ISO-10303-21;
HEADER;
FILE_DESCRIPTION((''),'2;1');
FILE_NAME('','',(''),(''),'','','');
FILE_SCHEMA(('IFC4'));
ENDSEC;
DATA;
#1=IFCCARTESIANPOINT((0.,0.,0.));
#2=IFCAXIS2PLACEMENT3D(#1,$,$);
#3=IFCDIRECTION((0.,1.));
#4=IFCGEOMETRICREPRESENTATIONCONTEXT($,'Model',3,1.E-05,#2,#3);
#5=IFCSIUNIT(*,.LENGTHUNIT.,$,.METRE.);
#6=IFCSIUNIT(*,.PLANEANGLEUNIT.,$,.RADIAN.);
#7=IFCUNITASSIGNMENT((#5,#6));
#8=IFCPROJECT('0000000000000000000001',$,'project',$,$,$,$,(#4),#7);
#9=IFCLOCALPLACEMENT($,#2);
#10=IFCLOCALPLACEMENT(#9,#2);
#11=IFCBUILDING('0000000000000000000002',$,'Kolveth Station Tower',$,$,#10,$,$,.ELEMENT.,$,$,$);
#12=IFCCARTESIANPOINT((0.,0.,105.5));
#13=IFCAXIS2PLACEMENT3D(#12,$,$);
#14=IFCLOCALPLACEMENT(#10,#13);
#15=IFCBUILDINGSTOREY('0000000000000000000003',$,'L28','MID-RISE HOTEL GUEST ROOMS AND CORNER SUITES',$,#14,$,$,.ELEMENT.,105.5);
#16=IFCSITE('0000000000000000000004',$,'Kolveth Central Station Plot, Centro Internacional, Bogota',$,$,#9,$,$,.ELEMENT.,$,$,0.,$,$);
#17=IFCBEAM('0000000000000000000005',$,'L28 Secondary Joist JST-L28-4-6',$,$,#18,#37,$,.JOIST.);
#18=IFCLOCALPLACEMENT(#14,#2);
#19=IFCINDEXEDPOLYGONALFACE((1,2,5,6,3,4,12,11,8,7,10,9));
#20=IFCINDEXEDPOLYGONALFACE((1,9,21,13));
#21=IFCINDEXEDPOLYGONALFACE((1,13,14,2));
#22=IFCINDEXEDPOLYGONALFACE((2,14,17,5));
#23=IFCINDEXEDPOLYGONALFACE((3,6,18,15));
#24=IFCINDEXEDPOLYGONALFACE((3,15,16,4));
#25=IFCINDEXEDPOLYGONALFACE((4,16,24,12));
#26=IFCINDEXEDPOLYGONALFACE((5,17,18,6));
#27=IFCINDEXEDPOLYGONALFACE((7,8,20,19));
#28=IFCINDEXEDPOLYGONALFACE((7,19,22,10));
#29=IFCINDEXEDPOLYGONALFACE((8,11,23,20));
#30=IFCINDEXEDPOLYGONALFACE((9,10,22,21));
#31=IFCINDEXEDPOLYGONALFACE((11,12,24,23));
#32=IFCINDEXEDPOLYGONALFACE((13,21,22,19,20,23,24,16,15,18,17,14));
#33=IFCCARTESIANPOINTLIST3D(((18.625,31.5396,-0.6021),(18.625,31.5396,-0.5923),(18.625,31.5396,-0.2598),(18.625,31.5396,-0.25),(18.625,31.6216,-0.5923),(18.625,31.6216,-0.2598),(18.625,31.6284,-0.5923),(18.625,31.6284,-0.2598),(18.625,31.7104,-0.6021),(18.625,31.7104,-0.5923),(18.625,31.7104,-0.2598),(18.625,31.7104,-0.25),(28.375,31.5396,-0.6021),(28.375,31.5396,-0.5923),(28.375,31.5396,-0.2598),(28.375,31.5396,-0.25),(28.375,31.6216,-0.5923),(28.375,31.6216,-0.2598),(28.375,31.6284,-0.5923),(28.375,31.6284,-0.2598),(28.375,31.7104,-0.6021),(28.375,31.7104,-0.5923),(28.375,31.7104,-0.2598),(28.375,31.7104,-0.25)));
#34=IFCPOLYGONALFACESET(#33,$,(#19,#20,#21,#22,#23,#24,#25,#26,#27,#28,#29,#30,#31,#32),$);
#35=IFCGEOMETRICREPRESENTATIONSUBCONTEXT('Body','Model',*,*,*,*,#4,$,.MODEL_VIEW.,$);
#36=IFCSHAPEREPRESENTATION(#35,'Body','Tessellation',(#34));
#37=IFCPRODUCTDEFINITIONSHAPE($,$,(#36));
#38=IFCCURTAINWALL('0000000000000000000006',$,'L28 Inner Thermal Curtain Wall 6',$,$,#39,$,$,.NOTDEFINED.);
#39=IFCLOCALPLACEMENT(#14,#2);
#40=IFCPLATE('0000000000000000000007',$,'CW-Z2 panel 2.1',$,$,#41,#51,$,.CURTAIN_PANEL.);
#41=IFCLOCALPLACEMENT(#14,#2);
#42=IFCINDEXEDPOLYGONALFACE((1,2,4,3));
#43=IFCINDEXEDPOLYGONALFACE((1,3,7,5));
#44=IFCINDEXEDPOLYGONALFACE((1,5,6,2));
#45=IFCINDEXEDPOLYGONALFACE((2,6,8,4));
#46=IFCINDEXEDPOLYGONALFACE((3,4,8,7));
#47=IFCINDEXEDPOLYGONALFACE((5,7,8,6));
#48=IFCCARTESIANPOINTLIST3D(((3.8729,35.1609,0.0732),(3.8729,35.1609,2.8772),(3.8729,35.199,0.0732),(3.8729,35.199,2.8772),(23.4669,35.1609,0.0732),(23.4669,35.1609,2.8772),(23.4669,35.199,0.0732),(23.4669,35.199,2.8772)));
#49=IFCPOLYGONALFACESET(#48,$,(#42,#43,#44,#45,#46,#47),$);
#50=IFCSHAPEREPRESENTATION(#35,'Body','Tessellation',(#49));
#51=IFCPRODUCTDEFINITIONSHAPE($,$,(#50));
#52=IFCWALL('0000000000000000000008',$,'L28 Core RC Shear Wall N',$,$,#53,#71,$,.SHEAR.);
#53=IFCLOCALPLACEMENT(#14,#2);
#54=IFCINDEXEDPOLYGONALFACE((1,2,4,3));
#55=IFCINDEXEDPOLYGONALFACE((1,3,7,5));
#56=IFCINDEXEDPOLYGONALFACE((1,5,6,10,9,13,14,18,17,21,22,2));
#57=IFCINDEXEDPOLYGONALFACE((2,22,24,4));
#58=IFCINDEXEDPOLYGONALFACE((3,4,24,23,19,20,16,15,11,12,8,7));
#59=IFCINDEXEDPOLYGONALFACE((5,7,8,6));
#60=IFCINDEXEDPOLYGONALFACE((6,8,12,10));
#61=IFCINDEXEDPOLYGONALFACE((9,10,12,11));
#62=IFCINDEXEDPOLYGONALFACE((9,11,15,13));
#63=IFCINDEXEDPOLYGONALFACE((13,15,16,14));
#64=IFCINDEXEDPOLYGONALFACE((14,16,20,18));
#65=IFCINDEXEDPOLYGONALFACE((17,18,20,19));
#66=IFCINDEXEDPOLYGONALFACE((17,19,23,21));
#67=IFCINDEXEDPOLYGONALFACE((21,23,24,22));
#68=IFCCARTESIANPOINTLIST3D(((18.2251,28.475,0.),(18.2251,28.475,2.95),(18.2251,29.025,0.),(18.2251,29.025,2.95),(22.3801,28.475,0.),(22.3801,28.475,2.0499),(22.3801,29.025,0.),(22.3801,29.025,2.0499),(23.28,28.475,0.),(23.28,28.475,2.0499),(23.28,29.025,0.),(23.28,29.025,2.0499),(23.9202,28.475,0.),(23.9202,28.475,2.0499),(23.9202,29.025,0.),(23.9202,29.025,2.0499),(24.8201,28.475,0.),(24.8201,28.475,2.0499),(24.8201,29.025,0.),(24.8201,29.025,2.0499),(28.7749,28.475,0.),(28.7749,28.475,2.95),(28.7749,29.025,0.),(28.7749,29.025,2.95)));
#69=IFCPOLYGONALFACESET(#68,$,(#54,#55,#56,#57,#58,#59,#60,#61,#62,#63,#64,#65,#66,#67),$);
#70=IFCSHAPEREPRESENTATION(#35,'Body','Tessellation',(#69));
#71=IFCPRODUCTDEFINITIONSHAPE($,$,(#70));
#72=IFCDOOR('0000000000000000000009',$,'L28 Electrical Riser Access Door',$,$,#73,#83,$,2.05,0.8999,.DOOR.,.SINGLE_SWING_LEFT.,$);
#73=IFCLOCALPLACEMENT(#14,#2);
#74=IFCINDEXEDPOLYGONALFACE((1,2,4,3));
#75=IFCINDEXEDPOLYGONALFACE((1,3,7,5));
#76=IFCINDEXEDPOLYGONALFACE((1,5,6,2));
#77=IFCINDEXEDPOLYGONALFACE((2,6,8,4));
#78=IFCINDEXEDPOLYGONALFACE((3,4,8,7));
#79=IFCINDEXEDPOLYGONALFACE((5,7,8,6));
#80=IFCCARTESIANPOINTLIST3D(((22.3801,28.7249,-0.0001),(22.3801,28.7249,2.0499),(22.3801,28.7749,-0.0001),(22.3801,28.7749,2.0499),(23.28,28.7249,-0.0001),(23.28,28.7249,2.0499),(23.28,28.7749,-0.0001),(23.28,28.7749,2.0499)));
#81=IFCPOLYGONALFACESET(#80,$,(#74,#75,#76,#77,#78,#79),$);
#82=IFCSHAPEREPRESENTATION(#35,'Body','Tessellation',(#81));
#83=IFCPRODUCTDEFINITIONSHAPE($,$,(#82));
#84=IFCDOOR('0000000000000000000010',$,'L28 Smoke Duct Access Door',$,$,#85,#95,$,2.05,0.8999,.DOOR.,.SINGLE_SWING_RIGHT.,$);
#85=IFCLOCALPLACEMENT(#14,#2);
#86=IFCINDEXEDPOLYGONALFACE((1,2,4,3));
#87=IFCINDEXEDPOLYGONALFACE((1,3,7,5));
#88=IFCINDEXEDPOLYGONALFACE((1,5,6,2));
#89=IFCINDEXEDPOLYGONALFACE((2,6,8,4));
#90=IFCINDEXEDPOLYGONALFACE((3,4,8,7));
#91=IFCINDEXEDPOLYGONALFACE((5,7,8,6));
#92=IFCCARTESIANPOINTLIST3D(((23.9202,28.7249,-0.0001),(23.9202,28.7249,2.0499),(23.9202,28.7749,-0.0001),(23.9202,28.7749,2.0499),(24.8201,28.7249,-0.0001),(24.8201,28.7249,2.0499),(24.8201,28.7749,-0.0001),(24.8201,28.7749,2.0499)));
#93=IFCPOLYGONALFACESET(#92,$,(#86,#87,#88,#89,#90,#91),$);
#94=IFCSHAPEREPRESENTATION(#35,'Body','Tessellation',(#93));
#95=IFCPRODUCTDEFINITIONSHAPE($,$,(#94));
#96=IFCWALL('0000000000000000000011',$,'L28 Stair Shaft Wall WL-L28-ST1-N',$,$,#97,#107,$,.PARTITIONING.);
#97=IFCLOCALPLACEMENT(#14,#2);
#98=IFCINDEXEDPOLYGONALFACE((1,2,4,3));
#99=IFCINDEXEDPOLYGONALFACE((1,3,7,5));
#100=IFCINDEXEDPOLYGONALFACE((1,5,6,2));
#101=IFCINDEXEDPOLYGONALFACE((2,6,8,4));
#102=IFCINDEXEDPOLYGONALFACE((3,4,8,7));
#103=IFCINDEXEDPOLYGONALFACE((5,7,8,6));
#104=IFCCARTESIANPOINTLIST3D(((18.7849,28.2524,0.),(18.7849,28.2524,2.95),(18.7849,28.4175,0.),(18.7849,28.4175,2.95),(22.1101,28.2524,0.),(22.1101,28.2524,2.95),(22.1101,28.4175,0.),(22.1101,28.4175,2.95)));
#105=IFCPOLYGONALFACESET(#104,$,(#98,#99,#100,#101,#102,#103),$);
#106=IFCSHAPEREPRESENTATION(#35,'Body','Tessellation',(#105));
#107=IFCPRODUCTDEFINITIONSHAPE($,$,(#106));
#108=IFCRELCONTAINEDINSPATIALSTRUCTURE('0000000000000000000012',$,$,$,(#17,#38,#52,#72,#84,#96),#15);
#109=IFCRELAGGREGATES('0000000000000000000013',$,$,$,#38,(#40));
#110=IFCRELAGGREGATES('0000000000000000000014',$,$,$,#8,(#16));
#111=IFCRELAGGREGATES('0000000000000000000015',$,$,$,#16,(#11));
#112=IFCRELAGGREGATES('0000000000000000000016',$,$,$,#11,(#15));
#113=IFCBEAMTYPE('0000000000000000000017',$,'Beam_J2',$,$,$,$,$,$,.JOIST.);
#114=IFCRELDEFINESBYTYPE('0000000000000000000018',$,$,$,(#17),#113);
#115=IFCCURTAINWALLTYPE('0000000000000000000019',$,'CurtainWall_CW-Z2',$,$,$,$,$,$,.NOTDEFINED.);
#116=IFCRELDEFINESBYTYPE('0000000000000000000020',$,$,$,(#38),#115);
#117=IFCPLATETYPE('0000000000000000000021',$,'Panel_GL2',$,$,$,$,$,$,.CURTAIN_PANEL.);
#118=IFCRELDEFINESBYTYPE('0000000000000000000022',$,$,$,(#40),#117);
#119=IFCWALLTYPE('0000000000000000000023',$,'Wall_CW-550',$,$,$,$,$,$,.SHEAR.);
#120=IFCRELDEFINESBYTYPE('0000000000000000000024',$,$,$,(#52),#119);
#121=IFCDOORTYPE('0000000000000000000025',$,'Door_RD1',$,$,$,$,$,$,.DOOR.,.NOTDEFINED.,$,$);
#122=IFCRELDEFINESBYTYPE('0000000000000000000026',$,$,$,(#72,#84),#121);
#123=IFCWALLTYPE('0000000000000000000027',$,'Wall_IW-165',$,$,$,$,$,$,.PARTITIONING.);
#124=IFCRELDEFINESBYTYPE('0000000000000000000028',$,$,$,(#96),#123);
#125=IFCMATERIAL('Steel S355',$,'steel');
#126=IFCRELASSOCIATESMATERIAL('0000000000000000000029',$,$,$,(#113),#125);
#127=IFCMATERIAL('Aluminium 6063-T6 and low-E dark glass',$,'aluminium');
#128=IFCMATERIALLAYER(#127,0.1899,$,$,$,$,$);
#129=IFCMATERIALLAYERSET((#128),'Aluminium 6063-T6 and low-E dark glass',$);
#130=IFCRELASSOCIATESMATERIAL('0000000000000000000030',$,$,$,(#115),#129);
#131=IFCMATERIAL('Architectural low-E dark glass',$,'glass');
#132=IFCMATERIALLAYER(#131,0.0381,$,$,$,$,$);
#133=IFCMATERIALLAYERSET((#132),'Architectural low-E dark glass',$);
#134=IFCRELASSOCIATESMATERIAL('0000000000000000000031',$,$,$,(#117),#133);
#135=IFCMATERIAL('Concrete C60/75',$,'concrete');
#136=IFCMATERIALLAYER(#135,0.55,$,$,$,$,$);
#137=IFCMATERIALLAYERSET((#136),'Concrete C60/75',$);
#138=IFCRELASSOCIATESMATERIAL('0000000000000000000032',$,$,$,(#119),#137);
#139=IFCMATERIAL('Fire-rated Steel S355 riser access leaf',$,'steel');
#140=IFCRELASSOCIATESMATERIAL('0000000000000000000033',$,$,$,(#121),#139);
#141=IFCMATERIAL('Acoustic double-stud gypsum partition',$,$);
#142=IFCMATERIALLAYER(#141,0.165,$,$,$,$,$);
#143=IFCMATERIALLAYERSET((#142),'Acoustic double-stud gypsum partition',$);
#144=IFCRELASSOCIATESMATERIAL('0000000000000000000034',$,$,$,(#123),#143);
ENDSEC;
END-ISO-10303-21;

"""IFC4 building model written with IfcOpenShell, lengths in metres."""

from ifc_helpers import new_model, si_unit, direction, frame, frame_2d, origin, origin_2d, place, context, subcontext, project, spatial, rectangle, i_section, extrude, source, transform, mapped, material, layer, layer_set, material_profile, profile_set, type_object, element, fill, aggregate, save


model = new_model("IFC4")

# Units and contexts
model_context = context("Model", 3, precision=1e-05, world=origin(), true_north=direction((0.0, 1.0)))
body_context = subcontext(model_context, "Body", "Model", "MODEL_VIEW")
ifc_project = project(units=[si_unit("LENGTHUNIT", "METRE"), si_unit("PLANEANGLEUNIT", "RADIAN")], contexts=[model_context])

# Site, building, storey
site_placement = place(None, origin())
site = spatial("IfcSite", under=ifc_project, at=site_placement, Name="Kolveth Central Station Plot, Centro Internacional, Bogota", CompositionType="ELEMENT", RefElevation=0.0)
building_placement = place(site_placement, origin())
building = spatial("IfcBuilding", under=site, at=building_placement, Name="Kolveth Station Tower", CompositionType="ELEMENT")
storey_placement = place(building_placement, frame((0.0, 0.0, 105.5)))
storey = spatial("IfcBuildingStorey", under=building, at=storey_placement, Name="L28", Description="MID-RISE HOTEL GUEST ROOMS AND CORNER SUITES", CompositionType="ELEMENT", Elevation=105.5)

# Shared definitions
ifc_material_1 = material(Name="Steel S355", Category="steel")

# Beam
ifc_material_profile_1 = material_profile(ifc_material_1, i_section(OverallWidth=0.1709, OverallDepth=0.3521, WebThickness=0.0068, FlangeThickness=0.0098, at=origin_2d()), Name="W360x44")
ifc_profile_set_1 = profile_set([ifc_material_profile_1], Name="Steel S355")
beam_type_1 = type_object("IfcBeamType", Name="Beam_J2", PredefinedType="JOIST", material=ifc_profile_set_1)
shared_shape_1 = source(origin(), body_context, "Body", "SweptSolid", [
    extrude(i_section(OverallWidth=0.1709, OverallDepth=0.3521, WebThickness=0.0068, FlangeThickness=0.0098, at=origin_2d()), origin(), (0.0, 0.0, 1.0), 9.75),
])
beam_1_placement = place(storey_placement, frame((18.625, 31.625, -0.426), z_axis=(1.0, 0.0, 0.0), x_axis=(0.0, 1.0, 0.0)))
element("IfcBeam", 1, at=beam_1_placement, inside=storey, type_object=beam_type_1, Name="L28 Secondary Joist JST-L28-4-6", PredefinedType="JOIST", context=body_context, shape_type="MappedRepresentation", body=[
    mapped(shared_shape_1, transform((0.0, 0.0, 0.0), x_axis=(1.0, 0.0, 0.0), y_axis=(0.0, 1.0, 0.0), z_axis=(0.0, 0.0, 1.0), scale=1.0)),
])

# Curtain wall, plate
ifc_material_2 = material(Name="Aluminium 6063-T6 and low-E dark glass", Category="aluminium")
ifc_layer_1 = layer(ifc_material_2, 0.1899)
ifc_layer_set_1 = layer_set([ifc_layer_1], Name="Aluminium 6063-T6 and low-E dark glass")
curtain_wall_type = type_object("IfcCurtainWallType", Name="CurtainWall_CW-Z2", PredefinedType="NOTDEFINED", material=ifc_layer_set_1)
curtain_wall_placement = place(storey_placement, origin())
curtain_wall = element("IfcCurtainWall", 2, at=curtain_wall_placement, inside=storey, type_object=curtain_wall_type, Name="L28 Inner Thermal Curtain Wall 6", PredefinedType="NOTDEFINED")
ifc_material_3 = material(Name="Architectural low-E dark glass", Category="glass")
ifc_layer_2 = layer(ifc_material_3, 0.0381)
ifc_layer_set_2 = layer_set([ifc_layer_2], Name="Architectural low-E dark glass")
plate_type = type_object("IfcPlateType", Name="Panel_GL2", PredefinedType="CURTAIN_PANEL", material=ifc_layer_set_2)
shared_shape_2 = source(origin(), body_context, "Body", "SweptSolid", [
    extrude(rectangle(XDim=19.594, YDim=0.0381, at=origin_2d()), origin(), (0.0, 0.0, 1.0), 2.804),
])
plate_placement = place(storey_placement, frame((13.6699, 35.1799, 0.0732), z_axis=(0.0, 0.0, 1.0), x_axis=(-1.0, 0.0, 0.0)))
plate = element("IfcPlate", 3, at=plate_placement, type_object=plate_type, Name="CW-Z2 panel 2.1", PredefinedType="CURTAIN_PANEL", context=body_context, shape_type="MappedRepresentation", body=[
    mapped(shared_shape_2, transform((0.0, 0.0, 0.0), x_axis=(1.0, 0.0, 0.0), y_axis=(0.0, 1.0, 0.0), z_axis=(0.0, 0.0, 1.0), scale=1.0)),
])
aggregate(curtain_wall, [plate])

# Wall, openings, doors
ifc_material_4 = material(Name="Concrete C60/75", Category="concrete")
ifc_layer_3 = layer(ifc_material_4, 0.55)
ifc_layer_set_3 = layer_set([ifc_layer_3], Name="Concrete C60/75")
wall_type_1 = type_object("IfcWallType", Name="Wall_CW-550", PredefinedType="SHEAR", material=ifc_layer_set_3)
wall_1_placement = place(storey_placement, frame((18.2251, 28.75, 0.0), z_axis=(0.0, 0.0, 1.0), x_axis=(1.0, 0.0, 0.0)))
wall_1 = element("IfcWall", 4, at=wall_1_placement, inside=storey, type_object=wall_type_1, Name="L28 Core RC Shear Wall N", PredefinedType="SHEAR", context=body_context, shape_type="SweptSolid", body=[
    extrude(rectangle(XDim=10.5498, YDim=0.55, at=frame_2d((5.2749, 0.0))), origin(), (0.0, 0.0, 1.0), 2.95),
])
opening_1_placement = place(wall_1_placement, frame((4.155, 0.0, 0.0)))
opening_1 = element("IfcOpeningElement", 5, at=opening_1_placement, cuts=wall_1, PredefinedType="OPENING", context=body_context, shape_type="SweptSolid", body=[
    extrude(rectangle(XDim=0.8999, YDim=2.05, at=frame_2d((0.45, 1.0249))), frame((0.0, 0.2849, 0.0), z_axis=(0.0, -1.0, 0.0), x_axis=(1.0, 0.0, 0.0)), (0.0, 0.0, 1.0), 0.5701),
])
opening_2_placement = place(wall_1_placement, frame((5.6951, 0.0, 0.0)))
opening_2 = element("IfcOpeningElement", 6, at=opening_2_placement, cuts=wall_1, PredefinedType="OPENING", context=body_context, shape_type="SweptSolid", body=[
    extrude(rectangle(XDim=0.8999, YDim=2.05, at=frame_2d((0.45, 1.0249))), frame((0.0, 0.2849, 0.0), z_axis=(0.0, -1.0, 0.0), x_axis=(1.0, 0.0, 0.0)), (0.0, 0.0, 1.0), 0.5701),
])
ifc_material_5 = material(Name="Fire-rated Steel S355 riser access leaf", Category="steel")
door_type_1 = type_object("IfcDoorType", Name="Door_RD1", OperationType="NOTDEFINED", PredefinedType="DOOR", material=ifc_material_5)
door_1_placement = place(opening_1_placement, origin())
door_1 = element("IfcDoor", 7, at=door_1_placement, inside=storey, type_object=door_type_1, Name="L28 Electrical Riser Access Door", OperationType="SINGLE_SWING_LEFT", OverallHeight=2.05, OverallWidth=0.8999, PredefinedType="DOOR", context=body_context, shape_type="SweptSolid", body=[
    extrude(rectangle(XDim=0.8999, YDim=2.05, at=frame_2d((0.45, 1.0249))), frame((0.0, 0.0249, 0.0), z_axis=(0.0, -1.0, 0.0), x_axis=(1.0, 0.0, 0.0)), (0.0, 0.0, 1.0), 0.05),
])
fill(opening_1, door_1)
door_2_placement = place(opening_2_placement, origin())
door_2 = element("IfcDoor", 8, at=door_2_placement, inside=storey, type_object=door_type_1, Name="L28 Smoke Duct Access Door", OperationType="SINGLE_SWING_RIGHT", OverallHeight=2.05, OverallWidth=0.8999, PredefinedType="DOOR", context=body_context, shape_type="SweptSolid", body=[
    extrude(rectangle(XDim=0.8999, YDim=2.05, at=frame_2d((0.45, 1.0249))), frame((0.0, 0.0249, 0.0), z_axis=(0.0, -1.0, 0.0), x_axis=(1.0, 0.0, 0.0)), (0.0, 0.0, 1.0), 0.05),
])
fill(opening_2, door_2)

# Wall
ifc_material_6 = material(Name="Acoustic double-stud gypsum partition")
ifc_layer_4 = layer(ifc_material_6, 0.165)
ifc_layer_set_4 = layer_set([ifc_layer_4], Name="Acoustic double-stud gypsum partition")
wall_type_2 = type_object("IfcWallType", Name="Wall_IW-165", PredefinedType="PARTITIONING", material=ifc_layer_set_4)
wall_2_placement = place(storey_placement, frame((18.7849, 28.335, 0.0), z_axis=(0.0, 0.0, 1.0), x_axis=(1.0, 0.0, 0.0)))
element("IfcWall", 9, at=wall_2_placement, inside=storey, type_object=wall_type_2, Name="L28 Stair Shaft Wall WL-L28-ST1-N", PredefinedType="PARTITIONING", context=body_context, shape_type="SweptSolid", body=[
    extrude(rectangle(XDim=3.3252, YDim=0.165, at=frame_2d((1.6626, 0.0))), origin(), (0.0, 0.0, 1.0), 2.95),
])

save(model, "model.ifc")
